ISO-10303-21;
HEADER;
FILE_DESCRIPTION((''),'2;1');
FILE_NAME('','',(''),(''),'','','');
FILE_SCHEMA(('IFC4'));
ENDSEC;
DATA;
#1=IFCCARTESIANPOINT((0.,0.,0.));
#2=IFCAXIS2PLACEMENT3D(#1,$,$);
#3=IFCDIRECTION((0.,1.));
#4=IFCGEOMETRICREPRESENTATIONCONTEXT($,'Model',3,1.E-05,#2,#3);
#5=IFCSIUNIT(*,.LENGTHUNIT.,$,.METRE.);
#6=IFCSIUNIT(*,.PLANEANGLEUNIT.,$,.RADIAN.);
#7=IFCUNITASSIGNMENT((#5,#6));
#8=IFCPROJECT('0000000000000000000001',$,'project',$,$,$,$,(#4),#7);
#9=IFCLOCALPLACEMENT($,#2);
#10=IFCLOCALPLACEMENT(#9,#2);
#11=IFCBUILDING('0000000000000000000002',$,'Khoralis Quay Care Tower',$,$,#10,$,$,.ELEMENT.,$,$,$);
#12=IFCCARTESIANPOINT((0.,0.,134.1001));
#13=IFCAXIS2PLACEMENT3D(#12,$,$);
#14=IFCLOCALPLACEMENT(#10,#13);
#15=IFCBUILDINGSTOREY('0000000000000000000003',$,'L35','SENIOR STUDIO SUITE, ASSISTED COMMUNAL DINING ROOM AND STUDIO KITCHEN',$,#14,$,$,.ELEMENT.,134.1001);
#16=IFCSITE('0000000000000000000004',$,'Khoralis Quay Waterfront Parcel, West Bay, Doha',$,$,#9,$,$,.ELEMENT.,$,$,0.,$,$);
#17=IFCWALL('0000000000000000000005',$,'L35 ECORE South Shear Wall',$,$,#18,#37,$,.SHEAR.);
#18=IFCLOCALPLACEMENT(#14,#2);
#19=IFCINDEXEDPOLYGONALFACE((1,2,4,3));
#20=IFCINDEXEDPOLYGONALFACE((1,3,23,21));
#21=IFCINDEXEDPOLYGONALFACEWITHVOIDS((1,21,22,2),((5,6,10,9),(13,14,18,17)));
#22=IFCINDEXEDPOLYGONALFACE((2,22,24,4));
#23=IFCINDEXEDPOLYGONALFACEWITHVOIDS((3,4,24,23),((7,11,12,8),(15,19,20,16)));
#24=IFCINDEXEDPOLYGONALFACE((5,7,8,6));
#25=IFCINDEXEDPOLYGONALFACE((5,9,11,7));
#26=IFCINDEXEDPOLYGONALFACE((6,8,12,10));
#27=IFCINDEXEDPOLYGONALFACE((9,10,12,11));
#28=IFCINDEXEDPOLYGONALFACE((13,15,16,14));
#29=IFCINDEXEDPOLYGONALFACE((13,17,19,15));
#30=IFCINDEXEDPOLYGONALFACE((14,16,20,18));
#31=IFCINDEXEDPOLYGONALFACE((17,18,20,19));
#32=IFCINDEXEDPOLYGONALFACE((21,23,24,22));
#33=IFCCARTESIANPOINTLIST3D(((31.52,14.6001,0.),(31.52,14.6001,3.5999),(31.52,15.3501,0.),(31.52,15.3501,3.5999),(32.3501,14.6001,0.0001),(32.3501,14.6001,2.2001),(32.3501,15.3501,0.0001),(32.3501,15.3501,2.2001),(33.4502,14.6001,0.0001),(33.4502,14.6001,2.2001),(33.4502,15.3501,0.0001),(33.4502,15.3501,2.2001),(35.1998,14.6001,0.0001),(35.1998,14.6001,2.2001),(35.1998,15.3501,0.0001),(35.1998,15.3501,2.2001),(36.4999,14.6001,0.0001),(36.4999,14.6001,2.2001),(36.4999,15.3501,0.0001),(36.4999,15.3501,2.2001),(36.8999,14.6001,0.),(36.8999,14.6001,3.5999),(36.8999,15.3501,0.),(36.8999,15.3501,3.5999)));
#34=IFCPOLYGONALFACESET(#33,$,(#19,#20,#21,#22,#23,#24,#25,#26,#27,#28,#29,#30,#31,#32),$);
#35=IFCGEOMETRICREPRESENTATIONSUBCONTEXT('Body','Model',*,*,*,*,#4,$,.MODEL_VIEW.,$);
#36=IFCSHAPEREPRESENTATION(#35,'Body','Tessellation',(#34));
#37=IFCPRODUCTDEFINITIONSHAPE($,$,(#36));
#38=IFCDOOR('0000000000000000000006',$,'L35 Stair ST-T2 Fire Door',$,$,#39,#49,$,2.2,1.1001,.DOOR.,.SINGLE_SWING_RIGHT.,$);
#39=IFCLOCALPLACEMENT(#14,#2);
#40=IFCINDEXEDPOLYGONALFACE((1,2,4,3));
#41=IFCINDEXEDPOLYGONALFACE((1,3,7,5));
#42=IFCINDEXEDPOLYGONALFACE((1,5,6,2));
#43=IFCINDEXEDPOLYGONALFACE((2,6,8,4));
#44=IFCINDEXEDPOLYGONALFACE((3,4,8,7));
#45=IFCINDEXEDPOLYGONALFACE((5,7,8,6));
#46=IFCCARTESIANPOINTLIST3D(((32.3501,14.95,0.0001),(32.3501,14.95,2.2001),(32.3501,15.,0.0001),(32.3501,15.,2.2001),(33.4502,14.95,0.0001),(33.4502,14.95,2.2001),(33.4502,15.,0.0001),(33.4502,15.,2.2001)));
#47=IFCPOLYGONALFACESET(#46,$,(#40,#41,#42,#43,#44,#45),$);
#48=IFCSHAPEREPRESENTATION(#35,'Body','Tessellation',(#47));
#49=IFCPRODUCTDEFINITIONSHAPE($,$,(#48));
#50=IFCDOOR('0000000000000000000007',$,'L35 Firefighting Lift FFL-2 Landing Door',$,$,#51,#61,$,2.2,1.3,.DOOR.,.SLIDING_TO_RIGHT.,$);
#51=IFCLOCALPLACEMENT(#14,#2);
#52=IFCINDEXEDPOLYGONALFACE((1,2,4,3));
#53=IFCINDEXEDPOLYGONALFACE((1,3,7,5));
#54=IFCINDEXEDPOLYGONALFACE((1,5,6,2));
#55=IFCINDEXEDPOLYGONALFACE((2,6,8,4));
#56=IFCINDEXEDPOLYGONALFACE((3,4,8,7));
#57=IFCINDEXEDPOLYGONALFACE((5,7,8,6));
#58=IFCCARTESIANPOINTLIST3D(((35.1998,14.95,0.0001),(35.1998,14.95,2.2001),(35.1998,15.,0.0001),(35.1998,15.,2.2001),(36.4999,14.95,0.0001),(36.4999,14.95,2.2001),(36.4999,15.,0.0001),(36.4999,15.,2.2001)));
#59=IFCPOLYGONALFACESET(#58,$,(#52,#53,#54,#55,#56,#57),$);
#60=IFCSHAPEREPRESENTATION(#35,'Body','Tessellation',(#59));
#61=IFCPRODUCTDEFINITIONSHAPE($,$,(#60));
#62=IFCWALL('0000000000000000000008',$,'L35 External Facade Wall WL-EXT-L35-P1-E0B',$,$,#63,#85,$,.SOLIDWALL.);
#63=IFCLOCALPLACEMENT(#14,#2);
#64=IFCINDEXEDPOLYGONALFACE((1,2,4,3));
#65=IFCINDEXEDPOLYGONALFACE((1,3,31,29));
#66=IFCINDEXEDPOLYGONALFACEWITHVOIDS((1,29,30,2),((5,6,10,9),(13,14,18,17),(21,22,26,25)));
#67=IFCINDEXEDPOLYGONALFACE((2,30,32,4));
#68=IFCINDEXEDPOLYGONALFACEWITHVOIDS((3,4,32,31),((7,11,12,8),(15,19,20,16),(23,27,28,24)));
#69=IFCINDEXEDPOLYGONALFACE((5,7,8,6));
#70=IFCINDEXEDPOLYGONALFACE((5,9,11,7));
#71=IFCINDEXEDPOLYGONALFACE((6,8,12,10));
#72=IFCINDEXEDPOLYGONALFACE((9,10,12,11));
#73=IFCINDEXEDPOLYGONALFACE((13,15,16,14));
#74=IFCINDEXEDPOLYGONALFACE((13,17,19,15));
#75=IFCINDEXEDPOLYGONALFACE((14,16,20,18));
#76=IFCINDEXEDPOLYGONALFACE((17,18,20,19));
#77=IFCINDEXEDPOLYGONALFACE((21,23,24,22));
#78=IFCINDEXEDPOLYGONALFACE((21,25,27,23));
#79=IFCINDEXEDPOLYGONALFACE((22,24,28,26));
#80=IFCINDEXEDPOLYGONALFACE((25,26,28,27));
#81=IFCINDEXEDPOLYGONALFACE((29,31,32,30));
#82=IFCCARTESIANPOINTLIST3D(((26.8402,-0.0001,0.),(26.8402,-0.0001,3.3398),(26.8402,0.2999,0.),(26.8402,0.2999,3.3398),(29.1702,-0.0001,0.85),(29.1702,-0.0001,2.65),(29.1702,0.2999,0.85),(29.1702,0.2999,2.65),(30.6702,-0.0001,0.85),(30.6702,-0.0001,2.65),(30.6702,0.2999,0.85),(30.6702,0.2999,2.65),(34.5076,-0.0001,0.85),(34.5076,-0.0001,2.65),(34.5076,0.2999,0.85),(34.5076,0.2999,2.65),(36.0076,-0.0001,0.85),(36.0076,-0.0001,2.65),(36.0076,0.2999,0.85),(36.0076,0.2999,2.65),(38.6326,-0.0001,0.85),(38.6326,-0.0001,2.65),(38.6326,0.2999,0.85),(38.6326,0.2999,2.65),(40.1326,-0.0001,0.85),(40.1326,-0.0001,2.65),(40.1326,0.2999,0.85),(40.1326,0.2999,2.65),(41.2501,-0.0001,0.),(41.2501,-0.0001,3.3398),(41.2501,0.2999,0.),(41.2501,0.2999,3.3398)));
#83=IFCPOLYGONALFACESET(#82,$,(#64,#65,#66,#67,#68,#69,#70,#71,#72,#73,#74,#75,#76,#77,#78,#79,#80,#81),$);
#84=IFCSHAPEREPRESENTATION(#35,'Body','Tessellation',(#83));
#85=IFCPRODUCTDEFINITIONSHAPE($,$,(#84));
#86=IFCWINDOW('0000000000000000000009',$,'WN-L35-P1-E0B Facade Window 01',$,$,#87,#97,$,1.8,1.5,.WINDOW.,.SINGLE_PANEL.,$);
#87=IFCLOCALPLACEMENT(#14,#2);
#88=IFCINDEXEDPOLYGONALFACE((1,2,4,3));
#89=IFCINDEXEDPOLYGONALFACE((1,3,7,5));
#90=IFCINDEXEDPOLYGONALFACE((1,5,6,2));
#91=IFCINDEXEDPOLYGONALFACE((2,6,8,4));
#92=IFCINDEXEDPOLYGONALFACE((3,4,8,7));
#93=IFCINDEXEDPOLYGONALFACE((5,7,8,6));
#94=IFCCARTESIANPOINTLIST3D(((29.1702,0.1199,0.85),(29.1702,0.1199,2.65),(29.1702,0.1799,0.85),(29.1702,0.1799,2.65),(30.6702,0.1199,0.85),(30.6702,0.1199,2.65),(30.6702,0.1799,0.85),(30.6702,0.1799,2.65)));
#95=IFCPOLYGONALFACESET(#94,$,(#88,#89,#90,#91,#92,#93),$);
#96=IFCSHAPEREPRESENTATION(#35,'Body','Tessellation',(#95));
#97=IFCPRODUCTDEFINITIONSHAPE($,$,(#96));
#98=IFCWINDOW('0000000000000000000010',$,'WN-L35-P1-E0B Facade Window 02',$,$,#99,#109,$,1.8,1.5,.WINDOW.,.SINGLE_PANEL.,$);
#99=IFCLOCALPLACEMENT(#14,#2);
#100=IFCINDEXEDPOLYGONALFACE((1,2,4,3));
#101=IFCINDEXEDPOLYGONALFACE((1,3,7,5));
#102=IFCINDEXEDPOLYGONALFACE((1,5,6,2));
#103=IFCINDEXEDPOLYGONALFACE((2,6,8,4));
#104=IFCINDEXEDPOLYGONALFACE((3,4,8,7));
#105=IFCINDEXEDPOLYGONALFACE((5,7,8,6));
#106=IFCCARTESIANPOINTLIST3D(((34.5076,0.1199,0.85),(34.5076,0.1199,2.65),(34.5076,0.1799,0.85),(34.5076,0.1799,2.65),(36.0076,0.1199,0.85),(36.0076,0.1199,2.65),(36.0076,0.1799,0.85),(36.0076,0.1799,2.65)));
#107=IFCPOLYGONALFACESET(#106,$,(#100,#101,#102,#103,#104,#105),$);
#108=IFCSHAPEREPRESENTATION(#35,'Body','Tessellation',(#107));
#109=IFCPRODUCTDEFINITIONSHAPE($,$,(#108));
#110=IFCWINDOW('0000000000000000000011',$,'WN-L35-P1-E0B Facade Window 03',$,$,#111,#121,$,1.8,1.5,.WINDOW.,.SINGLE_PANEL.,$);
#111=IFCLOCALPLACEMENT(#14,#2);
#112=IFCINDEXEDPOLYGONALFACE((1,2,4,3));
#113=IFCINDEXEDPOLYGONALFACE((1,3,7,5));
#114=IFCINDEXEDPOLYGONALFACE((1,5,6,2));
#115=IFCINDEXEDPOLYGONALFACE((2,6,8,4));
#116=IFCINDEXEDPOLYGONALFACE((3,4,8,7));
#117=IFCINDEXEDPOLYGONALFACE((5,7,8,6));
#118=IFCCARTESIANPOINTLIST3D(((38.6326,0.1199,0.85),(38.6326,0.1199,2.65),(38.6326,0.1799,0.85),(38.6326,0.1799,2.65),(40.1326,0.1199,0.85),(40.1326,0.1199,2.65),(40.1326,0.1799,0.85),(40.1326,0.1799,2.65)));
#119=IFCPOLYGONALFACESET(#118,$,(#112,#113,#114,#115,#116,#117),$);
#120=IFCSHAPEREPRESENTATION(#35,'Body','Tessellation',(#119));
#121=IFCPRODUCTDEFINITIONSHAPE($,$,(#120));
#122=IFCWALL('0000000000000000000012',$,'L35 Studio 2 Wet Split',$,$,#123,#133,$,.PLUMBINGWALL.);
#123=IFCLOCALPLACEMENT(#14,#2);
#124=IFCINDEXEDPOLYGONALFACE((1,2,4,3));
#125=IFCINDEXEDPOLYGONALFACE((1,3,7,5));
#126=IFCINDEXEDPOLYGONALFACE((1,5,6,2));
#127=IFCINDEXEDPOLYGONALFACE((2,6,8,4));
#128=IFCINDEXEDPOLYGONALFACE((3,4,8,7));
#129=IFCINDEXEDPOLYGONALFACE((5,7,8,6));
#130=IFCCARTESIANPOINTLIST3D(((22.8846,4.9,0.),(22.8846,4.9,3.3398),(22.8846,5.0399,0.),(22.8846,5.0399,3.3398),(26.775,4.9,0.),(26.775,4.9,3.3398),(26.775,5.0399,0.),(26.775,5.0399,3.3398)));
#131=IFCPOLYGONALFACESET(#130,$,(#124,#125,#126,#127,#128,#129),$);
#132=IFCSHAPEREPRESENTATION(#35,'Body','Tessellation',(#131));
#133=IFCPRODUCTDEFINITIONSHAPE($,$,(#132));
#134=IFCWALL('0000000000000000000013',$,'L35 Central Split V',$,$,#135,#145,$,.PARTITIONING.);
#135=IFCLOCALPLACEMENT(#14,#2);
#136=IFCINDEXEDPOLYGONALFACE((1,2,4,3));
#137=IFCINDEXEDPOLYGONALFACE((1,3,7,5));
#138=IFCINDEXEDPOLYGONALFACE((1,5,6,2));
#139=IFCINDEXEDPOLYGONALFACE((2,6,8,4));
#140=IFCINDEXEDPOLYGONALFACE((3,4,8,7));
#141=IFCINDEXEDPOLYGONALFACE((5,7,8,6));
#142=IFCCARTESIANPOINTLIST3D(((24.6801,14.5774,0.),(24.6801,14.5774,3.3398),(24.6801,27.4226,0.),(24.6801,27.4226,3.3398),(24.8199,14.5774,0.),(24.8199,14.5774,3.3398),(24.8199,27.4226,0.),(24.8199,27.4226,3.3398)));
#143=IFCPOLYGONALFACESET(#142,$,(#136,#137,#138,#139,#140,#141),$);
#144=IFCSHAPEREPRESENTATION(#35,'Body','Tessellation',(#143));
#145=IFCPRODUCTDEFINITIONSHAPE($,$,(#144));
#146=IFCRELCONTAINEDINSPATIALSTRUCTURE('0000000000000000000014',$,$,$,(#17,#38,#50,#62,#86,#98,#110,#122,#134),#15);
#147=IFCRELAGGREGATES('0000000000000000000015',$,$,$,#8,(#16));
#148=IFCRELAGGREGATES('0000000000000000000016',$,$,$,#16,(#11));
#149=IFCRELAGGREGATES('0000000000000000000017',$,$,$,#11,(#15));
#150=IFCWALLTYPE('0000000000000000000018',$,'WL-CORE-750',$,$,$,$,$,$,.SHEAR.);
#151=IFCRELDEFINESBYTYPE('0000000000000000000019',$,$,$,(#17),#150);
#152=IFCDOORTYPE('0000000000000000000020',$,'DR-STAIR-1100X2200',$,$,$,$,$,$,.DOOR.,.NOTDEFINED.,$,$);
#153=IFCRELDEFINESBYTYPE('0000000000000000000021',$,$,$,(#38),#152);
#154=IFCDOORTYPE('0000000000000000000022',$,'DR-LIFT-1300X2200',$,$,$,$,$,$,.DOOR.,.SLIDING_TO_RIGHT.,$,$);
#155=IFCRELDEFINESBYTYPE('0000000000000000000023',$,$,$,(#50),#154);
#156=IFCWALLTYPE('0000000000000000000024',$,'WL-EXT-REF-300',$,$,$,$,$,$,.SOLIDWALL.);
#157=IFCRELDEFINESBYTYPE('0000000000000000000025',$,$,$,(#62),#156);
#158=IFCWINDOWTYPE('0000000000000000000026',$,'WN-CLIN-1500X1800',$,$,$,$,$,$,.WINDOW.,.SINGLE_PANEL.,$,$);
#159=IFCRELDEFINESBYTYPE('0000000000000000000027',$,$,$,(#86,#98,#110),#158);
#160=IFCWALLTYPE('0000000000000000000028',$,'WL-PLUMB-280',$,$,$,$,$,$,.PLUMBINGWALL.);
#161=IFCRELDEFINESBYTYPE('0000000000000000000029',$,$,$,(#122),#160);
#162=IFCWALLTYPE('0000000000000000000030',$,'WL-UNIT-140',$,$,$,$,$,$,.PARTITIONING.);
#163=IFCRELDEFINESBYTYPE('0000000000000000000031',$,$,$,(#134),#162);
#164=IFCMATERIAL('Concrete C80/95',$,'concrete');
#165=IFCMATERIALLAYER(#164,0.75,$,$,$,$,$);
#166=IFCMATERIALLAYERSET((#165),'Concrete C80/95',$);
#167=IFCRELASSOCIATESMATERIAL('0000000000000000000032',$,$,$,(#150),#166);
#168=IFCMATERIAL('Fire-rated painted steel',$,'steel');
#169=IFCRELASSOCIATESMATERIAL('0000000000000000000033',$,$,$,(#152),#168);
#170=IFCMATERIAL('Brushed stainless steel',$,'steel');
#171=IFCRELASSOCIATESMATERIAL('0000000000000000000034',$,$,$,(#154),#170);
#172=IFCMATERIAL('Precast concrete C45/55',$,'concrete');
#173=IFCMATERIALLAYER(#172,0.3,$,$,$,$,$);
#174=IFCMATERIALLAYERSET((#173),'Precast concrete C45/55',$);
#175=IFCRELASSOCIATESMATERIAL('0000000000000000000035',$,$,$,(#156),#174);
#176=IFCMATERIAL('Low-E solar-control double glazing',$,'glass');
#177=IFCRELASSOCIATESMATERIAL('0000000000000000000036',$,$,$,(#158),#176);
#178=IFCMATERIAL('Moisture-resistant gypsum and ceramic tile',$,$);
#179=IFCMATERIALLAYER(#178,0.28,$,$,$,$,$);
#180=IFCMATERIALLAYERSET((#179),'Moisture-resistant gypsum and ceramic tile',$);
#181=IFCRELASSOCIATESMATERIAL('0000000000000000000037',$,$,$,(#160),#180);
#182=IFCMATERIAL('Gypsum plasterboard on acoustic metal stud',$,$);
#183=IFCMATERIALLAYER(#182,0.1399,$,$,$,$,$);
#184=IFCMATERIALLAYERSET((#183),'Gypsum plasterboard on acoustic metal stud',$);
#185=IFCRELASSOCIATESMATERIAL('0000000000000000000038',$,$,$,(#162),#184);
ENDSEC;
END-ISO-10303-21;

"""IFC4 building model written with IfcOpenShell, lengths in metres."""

from ifc_helpers import new_model, si_unit, direction, frame, frame_2d, origin, place, context, subcontext, project, spatial, rectangle, extrude, source, transform, mapped, material, layer, layer_set, type_object, element, fill, save


model = new_model("IFC4")

# Units and contexts
model_context = context("Model", 3, precision=1e-05, world=origin(), true_north=direction((0.0, 1.0)))
body_context = subcontext(model_context, "Body", "Model", "MODEL_VIEW")
ifc_project = project(units=[si_unit("LENGTHUNIT", "METRE"), si_unit("PLANEANGLEUNIT", "RADIAN")], contexts=[model_context])

# Site, building, storey
site_placement = place(None, origin())
site = spatial("IfcSite", under=ifc_project, at=site_placement, Name="Khoralis Quay Waterfront Parcel, West Bay, Doha", CompositionType="ELEMENT", RefElevation=0.0)
building_placement = place(site_placement, origin())
building = spatial("IfcBuilding", under=site, at=building_placement, Name="Khoralis Quay Care Tower", CompositionType="ELEMENT")
storey_placement = place(building_placement, frame((0.0, 0.0, 134.1001)))
storey = spatial("IfcBuildingStorey", under=building, at=storey_placement, Name="L35", Description="SENIOR STUDIO SUITE, ASSISTED COMMUNAL DINING ROOM AND STUDIO KITCHEN", CompositionType="ELEMENT", Elevation=134.1001)

# Shared definitions
ifc_material_1 = material(Name="Low-E solar-control double glazing", Category="glass")

# Shared definitions
ifc_material_2 = material(Name="Gypsum plasterboard on acoustic metal stud")
ifc_material_3 = material(Name="Fire-rated painted steel", Category="steel")

# Shared definitions
ifc_material_4 = material(Name="Concrete C80/95", Category="concrete")
ifc_layer_1 = layer(ifc_material_4, 0.75)
ifc_layer_set_1 = layer_set([ifc_layer_1], Name="Concrete C80/95")
wall_type_1 = type_object("IfcWallType", Name="WL-CORE-750", PredefinedType="SHEAR", material=ifc_layer_set_1)

# Wall, openings, doors
wall_1_placement = place(storey_placement, frame((31.52, 14.9751, 0.0), z_axis=(0.0, 0.0, 1.0), x_axis=(1.0, 0.0, 0.0)))
wall_1 = element("IfcWall", 1, at=wall_1_placement, inside=storey, type_object=wall_type_1, Name="L35 ECORE South Shear Wall", PredefinedType="SHEAR", context=body_context, shape_type="SweptSolid", body=[
    extrude(rectangle(XDim=5.3799, YDim=0.75, at=frame_2d((2.6899, 0.0))), origin(), (0.0, 0.0, 1.0), 3.5999),
])
opening_1_placement = place(wall_1_placement, frame((0.8301, 0.0, 0.0)))
opening_1 = element("IfcOpeningElement", 2, at=opening_1_placement, cuts=wall_1, PredefinedType="OPENING", context=body_context, shape_type="SweptSolid", body=[
    extrude(rectangle(XDim=1.1001, YDim=2.2, at=frame_2d((0.55, 1.1001))), frame((0.0, 0.385, 0.0), z_axis=(0.0, -1.0, 0.0), x_axis=(1.0, 0.0, 0.0)), (0.0, 0.0, 1.0), 0.77),
])
opening_2_placement = place(wall_1_placement, frame((3.6799, 0.0, 0.0)))
opening_2 = element("IfcOpeningElement", 3, at=opening_2_placement, cuts=wall_1, PredefinedType="OPENING", context=body_context, shape_type="SweptSolid", body=[
    extrude(rectangle(XDim=1.3, YDim=2.2, at=frame_2d((0.6499, 1.1001))), frame((0.0, 0.385, 0.0), z_axis=(0.0, -1.0, 0.0), x_axis=(1.0, 0.0, 0.0)), (0.0, 0.0, 1.0), 0.77),
])
door_type_1 = type_object("IfcDoorType", Name="DR-STAIR-1100X2200", OperationType="NOTDEFINED", PredefinedType="DOOR", material=ifc_material_3)
shared_shape_1 = source(origin(), body_context, "Body", "SweptSolid", [
    extrude(rectangle(XDim=1.1001, YDim=2.2, at=frame_2d((0.55, 1.1001))), frame((0.0, 0.0249, 0.0), z_axis=(0.0, -1.0, 0.0), x_axis=(1.0, 0.0, 0.0)), (0.0, 0.0, 1.0), 0.05),
])
door_1_placement = place(opening_1_placement, origin())
door_1 = element("IfcDoor", 4, at=door_1_placement, inside=storey, type_object=door_type_1, Name="L35 Stair ST-T2 Fire Door", OperationType="SINGLE_SWING_RIGHT", OverallHeight=2.2, OverallWidth=1.1001, PredefinedType="DOOR", context=body_context, shape_type="MappedRepresentation", body=[
    mapped(shared_shape_1, transform((0.0, 0.0, 0.0), scale=1.0)),
])
fill(opening_1, door_1)
ifc_material_5 = material(Name="Brushed stainless steel", Category="steel")
door_type_2 = type_object("IfcDoorType", Name="DR-LIFT-1300X2200", OperationType="SLIDING_TO_RIGHT", PredefinedType="DOOR", material=ifc_material_5)
shared_shape_2 = source(origin(), body_context, "Body", "SweptSolid", [
    extrude(rectangle(XDim=1.3, YDim=2.2, at=frame_2d((0.6499, 1.1001))), frame((0.0, 0.0249, 0.0), z_axis=(0.0, -1.0, 0.0), x_axis=(1.0, 0.0, 0.0)), (0.0, 0.0, 1.0), 0.05),
])
door_2_placement = place(opening_2_placement, origin())
door_2 = element("IfcDoor", 5, at=door_2_placement, inside=storey, type_object=door_type_2, Name="L35 Firefighting Lift FFL-2 Landing Door", OperationType="SLIDING_TO_RIGHT", OverallHeight=2.2, OverallWidth=1.3, PredefinedType="DOOR", context=body_context, shape_type="MappedRepresentation", body=[
    mapped(shared_shape_2, transform((0.0, 0.0, 0.0), scale=1.0)),
])
fill(opening_2, door_2)

# Wall, openings, windows
ifc_material_6 = material(Name="Precast concrete C45/55", Category="concrete")
ifc_layer_2 = layer(ifc_material_6, 0.3)
ifc_layer_set_2 = layer_set([ifc_layer_2], Name="Precast concrete C45/55")
wall_type_2 = type_object("IfcWallType", Name="WL-EXT-REF-300", PredefinedType="SOLIDWALL", material=ifc_layer_set_2)
wall_2_placement = place(storey_placement, frame((26.8401, 0.1499, 0.0), z_axis=(0.0, 0.0, 1.0), x_axis=(1.0, 0.0, 0.0)))
wall_2 = element("IfcWall", 6, at=wall_2_placement, inside=storey, type_object=wall_type_2, Name="L35 External Facade Wall WL-EXT-L35-P1-E0B", PredefinedType="SOLIDWALL", context=body_context, shape_type="SweptSolid", body=[
    extrude(rectangle(XDim=14.4099, YDim=0.3, at=frame_2d((7.2051, 0.0))), origin(), (0.0, 0.0, 1.0), 3.3398),
])
opening_3_placement = place(wall_2_placement, frame((2.3301, 0.0, 0.8501)))
opening_3 = element("IfcOpeningElement", 7, at=opening_3_placement, cuts=wall_2, PredefinedType="OPENING", context=body_context, shape_type="SweptSolid", body=[
    extrude(rectangle(XDim=1.5, YDim=1.8, at=frame_2d((0.75, 0.8999))), frame((0.0, 0.1602, 0.0), z_axis=(0.0, -1.0, 0.0), x_axis=(1.0, 0.0, 0.0)), (0.0, 0.0, 1.0), 0.3201),
])
opening_4_placement = place(wall_2_placement, frame((7.6675, 0.0, 0.8501)))
opening_4 = element("IfcOpeningElement", 8, at=opening_4_placement, cuts=wall_2, PredefinedType="OPENING", context=body_context, shape_type="SweptSolid", body=[
    extrude(rectangle(XDim=1.5, YDim=1.8, at=frame_2d((0.75, 0.8999))), frame((0.0, 0.1602, 0.0), z_axis=(0.0, -1.0, 0.0), x_axis=(1.0, 0.0, 0.0)), (0.0, 0.0, 1.0), 0.3201),
])
opening_5_placement = place(wall_2_placement, frame((11.7925, 0.0, 0.8501)))
opening_5 = element("IfcOpeningElement", 9, at=opening_5_placement, cuts=wall_2, PredefinedType="OPENING", context=body_context, shape_type="SweptSolid", body=[
    extrude(rectangle(XDim=1.5, YDim=1.8, at=frame_2d((0.75, 0.8999))), frame((0.0, 0.1602, 0.0), z_axis=(0.0, -1.0, 0.0), x_axis=(1.0, 0.0, 0.0)), (0.0, 0.0, 1.0), 0.3201),
])
window_type = type_object("IfcWindowType", Name="WN-CLIN-1500X1800", PartitioningType="SINGLE_PANEL", PredefinedType="WINDOW", material=ifc_material_1)
shared_shape_3 = source(origin(), body_context, "Body", "SweptSolid", [
    extrude(rectangle(XDim=1.5, YDim=1.8, at=frame_2d((0.75, 0.8999))), frame((0.0, 0.03, 0.0), z_axis=(0.0, -1.0, 0.0), x_axis=(1.0, 0.0, 0.0)), (0.0, 0.0, 1.0), 0.0601),
])
window_1_placement = place(opening_3_placement, origin())
window_1 = element("IfcWindow", 10, at=window_1_placement, inside=storey, type_object=window_type, Name="WN-L35-P1-E0B Facade Window 01", OverallHeight=1.8, OverallWidth=1.5, PartitioningType="SINGLE_PANEL", PredefinedType="WINDOW", context=body_context, shape_type="MappedRepresentation", body=[
    mapped(shared_shape_3, transform((0.0, 0.0, 0.0), scale=1.0)),
])
fill(opening_3, window_1)
window_2_placement = place(opening_4_placement, origin())
window_2 = element("IfcWindow", 11, at=window_2_placement, inside=storey, type_object=window_type, Name="WN-L35-P1-E0B Facade Window 02", OverallHeight=1.8, OverallWidth=1.5, PartitioningType="SINGLE_PANEL", PredefinedType="WINDOW", context=body_context, shape_type="MappedRepresentation", body=[
    mapped(shared_shape_3, transform((0.0, 0.0, 0.0), scale=1.0)),
])
fill(opening_4, window_2)
window_3_placement = place(opening_5_placement, origin())
window_3 = element("IfcWindow", 12, at=window_3_placement, inside=storey, type_object=window_type, Name="WN-L35-P1-E0B Facade Window 03", OverallHeight=1.8, OverallWidth=1.5, PartitioningType="SINGLE_PANEL", PredefinedType="WINDOW", context=body_context, shape_type="MappedRepresentation", body=[
    mapped(shared_shape_3, transform((0.0, 0.0, 0.0), scale=1.0)),
])
fill(opening_5, window_3)

# Walls
ifc_material_7 = material(Name="Moisture-resistant gypsum and ceramic tile")
ifc_layer_3 = layer(ifc_material_7, 0.28)
ifc_layer_set_3 = layer_set([ifc_layer_3], Name="Moisture-resistant gypsum and ceramic tile")
wall_type_3 = type_object("IfcWallType", Name="WL-PLUMB-280", PredefinedType="PLUMBINGWALL", material=ifc_layer_set_3)
wall_3_placement = place(storey_placement, frame((22.8845, 4.97, 0.0), z_axis=(0.0, 0.0, 1.0), x_axis=(1.0, 0.0, 0.0)))
element("IfcWall", 13, at=wall_3_placement, inside=storey, type_object=wall_type_3, Name="L35 Studio 2 Wet Split", PredefinedType="PLUMBINGWALL", context=body_context, shape_type="SweptSolid", body=[
    extrude(rectangle(XDim=3.8904, YDim=0.1399, at=frame_2d((1.9453, 0.0))), origin(), (0.0, 0.0, 1.0), 3.3398),
])
ifc_layer_4 = layer(ifc_material_2, 0.1399)
ifc_layer_set_4 = layer_set([ifc_layer_4], Name="Gypsum plasterboard on acoustic metal stud")
wall_type_4 = type_object("IfcWallType", Name="WL-UNIT-140", PredefinedType="PARTITIONING", material=ifc_layer_set_4)
wall_4_placement = place(storey_placement, frame((24.75, 14.5774, 0.0), z_axis=(0.0, 0.0, 1.0), x_axis=(0.0, 1.0, 0.0)))
element("IfcWall", 14, at=wall_4_placement, inside=storey, type_object=wall_type_4, Name="L35 Central Split V", PredefinedType="PARTITIONING", context=body_context, shape_type="SweptSolid", body=[
    extrude(rectangle(XDim=12.8452, YDim=0.1399, at=frame_2d((6.4226, 0.0))), origin(), (0.0, 0.0, 1.0), 3.3398),
])

save(model, "model.ifc")
